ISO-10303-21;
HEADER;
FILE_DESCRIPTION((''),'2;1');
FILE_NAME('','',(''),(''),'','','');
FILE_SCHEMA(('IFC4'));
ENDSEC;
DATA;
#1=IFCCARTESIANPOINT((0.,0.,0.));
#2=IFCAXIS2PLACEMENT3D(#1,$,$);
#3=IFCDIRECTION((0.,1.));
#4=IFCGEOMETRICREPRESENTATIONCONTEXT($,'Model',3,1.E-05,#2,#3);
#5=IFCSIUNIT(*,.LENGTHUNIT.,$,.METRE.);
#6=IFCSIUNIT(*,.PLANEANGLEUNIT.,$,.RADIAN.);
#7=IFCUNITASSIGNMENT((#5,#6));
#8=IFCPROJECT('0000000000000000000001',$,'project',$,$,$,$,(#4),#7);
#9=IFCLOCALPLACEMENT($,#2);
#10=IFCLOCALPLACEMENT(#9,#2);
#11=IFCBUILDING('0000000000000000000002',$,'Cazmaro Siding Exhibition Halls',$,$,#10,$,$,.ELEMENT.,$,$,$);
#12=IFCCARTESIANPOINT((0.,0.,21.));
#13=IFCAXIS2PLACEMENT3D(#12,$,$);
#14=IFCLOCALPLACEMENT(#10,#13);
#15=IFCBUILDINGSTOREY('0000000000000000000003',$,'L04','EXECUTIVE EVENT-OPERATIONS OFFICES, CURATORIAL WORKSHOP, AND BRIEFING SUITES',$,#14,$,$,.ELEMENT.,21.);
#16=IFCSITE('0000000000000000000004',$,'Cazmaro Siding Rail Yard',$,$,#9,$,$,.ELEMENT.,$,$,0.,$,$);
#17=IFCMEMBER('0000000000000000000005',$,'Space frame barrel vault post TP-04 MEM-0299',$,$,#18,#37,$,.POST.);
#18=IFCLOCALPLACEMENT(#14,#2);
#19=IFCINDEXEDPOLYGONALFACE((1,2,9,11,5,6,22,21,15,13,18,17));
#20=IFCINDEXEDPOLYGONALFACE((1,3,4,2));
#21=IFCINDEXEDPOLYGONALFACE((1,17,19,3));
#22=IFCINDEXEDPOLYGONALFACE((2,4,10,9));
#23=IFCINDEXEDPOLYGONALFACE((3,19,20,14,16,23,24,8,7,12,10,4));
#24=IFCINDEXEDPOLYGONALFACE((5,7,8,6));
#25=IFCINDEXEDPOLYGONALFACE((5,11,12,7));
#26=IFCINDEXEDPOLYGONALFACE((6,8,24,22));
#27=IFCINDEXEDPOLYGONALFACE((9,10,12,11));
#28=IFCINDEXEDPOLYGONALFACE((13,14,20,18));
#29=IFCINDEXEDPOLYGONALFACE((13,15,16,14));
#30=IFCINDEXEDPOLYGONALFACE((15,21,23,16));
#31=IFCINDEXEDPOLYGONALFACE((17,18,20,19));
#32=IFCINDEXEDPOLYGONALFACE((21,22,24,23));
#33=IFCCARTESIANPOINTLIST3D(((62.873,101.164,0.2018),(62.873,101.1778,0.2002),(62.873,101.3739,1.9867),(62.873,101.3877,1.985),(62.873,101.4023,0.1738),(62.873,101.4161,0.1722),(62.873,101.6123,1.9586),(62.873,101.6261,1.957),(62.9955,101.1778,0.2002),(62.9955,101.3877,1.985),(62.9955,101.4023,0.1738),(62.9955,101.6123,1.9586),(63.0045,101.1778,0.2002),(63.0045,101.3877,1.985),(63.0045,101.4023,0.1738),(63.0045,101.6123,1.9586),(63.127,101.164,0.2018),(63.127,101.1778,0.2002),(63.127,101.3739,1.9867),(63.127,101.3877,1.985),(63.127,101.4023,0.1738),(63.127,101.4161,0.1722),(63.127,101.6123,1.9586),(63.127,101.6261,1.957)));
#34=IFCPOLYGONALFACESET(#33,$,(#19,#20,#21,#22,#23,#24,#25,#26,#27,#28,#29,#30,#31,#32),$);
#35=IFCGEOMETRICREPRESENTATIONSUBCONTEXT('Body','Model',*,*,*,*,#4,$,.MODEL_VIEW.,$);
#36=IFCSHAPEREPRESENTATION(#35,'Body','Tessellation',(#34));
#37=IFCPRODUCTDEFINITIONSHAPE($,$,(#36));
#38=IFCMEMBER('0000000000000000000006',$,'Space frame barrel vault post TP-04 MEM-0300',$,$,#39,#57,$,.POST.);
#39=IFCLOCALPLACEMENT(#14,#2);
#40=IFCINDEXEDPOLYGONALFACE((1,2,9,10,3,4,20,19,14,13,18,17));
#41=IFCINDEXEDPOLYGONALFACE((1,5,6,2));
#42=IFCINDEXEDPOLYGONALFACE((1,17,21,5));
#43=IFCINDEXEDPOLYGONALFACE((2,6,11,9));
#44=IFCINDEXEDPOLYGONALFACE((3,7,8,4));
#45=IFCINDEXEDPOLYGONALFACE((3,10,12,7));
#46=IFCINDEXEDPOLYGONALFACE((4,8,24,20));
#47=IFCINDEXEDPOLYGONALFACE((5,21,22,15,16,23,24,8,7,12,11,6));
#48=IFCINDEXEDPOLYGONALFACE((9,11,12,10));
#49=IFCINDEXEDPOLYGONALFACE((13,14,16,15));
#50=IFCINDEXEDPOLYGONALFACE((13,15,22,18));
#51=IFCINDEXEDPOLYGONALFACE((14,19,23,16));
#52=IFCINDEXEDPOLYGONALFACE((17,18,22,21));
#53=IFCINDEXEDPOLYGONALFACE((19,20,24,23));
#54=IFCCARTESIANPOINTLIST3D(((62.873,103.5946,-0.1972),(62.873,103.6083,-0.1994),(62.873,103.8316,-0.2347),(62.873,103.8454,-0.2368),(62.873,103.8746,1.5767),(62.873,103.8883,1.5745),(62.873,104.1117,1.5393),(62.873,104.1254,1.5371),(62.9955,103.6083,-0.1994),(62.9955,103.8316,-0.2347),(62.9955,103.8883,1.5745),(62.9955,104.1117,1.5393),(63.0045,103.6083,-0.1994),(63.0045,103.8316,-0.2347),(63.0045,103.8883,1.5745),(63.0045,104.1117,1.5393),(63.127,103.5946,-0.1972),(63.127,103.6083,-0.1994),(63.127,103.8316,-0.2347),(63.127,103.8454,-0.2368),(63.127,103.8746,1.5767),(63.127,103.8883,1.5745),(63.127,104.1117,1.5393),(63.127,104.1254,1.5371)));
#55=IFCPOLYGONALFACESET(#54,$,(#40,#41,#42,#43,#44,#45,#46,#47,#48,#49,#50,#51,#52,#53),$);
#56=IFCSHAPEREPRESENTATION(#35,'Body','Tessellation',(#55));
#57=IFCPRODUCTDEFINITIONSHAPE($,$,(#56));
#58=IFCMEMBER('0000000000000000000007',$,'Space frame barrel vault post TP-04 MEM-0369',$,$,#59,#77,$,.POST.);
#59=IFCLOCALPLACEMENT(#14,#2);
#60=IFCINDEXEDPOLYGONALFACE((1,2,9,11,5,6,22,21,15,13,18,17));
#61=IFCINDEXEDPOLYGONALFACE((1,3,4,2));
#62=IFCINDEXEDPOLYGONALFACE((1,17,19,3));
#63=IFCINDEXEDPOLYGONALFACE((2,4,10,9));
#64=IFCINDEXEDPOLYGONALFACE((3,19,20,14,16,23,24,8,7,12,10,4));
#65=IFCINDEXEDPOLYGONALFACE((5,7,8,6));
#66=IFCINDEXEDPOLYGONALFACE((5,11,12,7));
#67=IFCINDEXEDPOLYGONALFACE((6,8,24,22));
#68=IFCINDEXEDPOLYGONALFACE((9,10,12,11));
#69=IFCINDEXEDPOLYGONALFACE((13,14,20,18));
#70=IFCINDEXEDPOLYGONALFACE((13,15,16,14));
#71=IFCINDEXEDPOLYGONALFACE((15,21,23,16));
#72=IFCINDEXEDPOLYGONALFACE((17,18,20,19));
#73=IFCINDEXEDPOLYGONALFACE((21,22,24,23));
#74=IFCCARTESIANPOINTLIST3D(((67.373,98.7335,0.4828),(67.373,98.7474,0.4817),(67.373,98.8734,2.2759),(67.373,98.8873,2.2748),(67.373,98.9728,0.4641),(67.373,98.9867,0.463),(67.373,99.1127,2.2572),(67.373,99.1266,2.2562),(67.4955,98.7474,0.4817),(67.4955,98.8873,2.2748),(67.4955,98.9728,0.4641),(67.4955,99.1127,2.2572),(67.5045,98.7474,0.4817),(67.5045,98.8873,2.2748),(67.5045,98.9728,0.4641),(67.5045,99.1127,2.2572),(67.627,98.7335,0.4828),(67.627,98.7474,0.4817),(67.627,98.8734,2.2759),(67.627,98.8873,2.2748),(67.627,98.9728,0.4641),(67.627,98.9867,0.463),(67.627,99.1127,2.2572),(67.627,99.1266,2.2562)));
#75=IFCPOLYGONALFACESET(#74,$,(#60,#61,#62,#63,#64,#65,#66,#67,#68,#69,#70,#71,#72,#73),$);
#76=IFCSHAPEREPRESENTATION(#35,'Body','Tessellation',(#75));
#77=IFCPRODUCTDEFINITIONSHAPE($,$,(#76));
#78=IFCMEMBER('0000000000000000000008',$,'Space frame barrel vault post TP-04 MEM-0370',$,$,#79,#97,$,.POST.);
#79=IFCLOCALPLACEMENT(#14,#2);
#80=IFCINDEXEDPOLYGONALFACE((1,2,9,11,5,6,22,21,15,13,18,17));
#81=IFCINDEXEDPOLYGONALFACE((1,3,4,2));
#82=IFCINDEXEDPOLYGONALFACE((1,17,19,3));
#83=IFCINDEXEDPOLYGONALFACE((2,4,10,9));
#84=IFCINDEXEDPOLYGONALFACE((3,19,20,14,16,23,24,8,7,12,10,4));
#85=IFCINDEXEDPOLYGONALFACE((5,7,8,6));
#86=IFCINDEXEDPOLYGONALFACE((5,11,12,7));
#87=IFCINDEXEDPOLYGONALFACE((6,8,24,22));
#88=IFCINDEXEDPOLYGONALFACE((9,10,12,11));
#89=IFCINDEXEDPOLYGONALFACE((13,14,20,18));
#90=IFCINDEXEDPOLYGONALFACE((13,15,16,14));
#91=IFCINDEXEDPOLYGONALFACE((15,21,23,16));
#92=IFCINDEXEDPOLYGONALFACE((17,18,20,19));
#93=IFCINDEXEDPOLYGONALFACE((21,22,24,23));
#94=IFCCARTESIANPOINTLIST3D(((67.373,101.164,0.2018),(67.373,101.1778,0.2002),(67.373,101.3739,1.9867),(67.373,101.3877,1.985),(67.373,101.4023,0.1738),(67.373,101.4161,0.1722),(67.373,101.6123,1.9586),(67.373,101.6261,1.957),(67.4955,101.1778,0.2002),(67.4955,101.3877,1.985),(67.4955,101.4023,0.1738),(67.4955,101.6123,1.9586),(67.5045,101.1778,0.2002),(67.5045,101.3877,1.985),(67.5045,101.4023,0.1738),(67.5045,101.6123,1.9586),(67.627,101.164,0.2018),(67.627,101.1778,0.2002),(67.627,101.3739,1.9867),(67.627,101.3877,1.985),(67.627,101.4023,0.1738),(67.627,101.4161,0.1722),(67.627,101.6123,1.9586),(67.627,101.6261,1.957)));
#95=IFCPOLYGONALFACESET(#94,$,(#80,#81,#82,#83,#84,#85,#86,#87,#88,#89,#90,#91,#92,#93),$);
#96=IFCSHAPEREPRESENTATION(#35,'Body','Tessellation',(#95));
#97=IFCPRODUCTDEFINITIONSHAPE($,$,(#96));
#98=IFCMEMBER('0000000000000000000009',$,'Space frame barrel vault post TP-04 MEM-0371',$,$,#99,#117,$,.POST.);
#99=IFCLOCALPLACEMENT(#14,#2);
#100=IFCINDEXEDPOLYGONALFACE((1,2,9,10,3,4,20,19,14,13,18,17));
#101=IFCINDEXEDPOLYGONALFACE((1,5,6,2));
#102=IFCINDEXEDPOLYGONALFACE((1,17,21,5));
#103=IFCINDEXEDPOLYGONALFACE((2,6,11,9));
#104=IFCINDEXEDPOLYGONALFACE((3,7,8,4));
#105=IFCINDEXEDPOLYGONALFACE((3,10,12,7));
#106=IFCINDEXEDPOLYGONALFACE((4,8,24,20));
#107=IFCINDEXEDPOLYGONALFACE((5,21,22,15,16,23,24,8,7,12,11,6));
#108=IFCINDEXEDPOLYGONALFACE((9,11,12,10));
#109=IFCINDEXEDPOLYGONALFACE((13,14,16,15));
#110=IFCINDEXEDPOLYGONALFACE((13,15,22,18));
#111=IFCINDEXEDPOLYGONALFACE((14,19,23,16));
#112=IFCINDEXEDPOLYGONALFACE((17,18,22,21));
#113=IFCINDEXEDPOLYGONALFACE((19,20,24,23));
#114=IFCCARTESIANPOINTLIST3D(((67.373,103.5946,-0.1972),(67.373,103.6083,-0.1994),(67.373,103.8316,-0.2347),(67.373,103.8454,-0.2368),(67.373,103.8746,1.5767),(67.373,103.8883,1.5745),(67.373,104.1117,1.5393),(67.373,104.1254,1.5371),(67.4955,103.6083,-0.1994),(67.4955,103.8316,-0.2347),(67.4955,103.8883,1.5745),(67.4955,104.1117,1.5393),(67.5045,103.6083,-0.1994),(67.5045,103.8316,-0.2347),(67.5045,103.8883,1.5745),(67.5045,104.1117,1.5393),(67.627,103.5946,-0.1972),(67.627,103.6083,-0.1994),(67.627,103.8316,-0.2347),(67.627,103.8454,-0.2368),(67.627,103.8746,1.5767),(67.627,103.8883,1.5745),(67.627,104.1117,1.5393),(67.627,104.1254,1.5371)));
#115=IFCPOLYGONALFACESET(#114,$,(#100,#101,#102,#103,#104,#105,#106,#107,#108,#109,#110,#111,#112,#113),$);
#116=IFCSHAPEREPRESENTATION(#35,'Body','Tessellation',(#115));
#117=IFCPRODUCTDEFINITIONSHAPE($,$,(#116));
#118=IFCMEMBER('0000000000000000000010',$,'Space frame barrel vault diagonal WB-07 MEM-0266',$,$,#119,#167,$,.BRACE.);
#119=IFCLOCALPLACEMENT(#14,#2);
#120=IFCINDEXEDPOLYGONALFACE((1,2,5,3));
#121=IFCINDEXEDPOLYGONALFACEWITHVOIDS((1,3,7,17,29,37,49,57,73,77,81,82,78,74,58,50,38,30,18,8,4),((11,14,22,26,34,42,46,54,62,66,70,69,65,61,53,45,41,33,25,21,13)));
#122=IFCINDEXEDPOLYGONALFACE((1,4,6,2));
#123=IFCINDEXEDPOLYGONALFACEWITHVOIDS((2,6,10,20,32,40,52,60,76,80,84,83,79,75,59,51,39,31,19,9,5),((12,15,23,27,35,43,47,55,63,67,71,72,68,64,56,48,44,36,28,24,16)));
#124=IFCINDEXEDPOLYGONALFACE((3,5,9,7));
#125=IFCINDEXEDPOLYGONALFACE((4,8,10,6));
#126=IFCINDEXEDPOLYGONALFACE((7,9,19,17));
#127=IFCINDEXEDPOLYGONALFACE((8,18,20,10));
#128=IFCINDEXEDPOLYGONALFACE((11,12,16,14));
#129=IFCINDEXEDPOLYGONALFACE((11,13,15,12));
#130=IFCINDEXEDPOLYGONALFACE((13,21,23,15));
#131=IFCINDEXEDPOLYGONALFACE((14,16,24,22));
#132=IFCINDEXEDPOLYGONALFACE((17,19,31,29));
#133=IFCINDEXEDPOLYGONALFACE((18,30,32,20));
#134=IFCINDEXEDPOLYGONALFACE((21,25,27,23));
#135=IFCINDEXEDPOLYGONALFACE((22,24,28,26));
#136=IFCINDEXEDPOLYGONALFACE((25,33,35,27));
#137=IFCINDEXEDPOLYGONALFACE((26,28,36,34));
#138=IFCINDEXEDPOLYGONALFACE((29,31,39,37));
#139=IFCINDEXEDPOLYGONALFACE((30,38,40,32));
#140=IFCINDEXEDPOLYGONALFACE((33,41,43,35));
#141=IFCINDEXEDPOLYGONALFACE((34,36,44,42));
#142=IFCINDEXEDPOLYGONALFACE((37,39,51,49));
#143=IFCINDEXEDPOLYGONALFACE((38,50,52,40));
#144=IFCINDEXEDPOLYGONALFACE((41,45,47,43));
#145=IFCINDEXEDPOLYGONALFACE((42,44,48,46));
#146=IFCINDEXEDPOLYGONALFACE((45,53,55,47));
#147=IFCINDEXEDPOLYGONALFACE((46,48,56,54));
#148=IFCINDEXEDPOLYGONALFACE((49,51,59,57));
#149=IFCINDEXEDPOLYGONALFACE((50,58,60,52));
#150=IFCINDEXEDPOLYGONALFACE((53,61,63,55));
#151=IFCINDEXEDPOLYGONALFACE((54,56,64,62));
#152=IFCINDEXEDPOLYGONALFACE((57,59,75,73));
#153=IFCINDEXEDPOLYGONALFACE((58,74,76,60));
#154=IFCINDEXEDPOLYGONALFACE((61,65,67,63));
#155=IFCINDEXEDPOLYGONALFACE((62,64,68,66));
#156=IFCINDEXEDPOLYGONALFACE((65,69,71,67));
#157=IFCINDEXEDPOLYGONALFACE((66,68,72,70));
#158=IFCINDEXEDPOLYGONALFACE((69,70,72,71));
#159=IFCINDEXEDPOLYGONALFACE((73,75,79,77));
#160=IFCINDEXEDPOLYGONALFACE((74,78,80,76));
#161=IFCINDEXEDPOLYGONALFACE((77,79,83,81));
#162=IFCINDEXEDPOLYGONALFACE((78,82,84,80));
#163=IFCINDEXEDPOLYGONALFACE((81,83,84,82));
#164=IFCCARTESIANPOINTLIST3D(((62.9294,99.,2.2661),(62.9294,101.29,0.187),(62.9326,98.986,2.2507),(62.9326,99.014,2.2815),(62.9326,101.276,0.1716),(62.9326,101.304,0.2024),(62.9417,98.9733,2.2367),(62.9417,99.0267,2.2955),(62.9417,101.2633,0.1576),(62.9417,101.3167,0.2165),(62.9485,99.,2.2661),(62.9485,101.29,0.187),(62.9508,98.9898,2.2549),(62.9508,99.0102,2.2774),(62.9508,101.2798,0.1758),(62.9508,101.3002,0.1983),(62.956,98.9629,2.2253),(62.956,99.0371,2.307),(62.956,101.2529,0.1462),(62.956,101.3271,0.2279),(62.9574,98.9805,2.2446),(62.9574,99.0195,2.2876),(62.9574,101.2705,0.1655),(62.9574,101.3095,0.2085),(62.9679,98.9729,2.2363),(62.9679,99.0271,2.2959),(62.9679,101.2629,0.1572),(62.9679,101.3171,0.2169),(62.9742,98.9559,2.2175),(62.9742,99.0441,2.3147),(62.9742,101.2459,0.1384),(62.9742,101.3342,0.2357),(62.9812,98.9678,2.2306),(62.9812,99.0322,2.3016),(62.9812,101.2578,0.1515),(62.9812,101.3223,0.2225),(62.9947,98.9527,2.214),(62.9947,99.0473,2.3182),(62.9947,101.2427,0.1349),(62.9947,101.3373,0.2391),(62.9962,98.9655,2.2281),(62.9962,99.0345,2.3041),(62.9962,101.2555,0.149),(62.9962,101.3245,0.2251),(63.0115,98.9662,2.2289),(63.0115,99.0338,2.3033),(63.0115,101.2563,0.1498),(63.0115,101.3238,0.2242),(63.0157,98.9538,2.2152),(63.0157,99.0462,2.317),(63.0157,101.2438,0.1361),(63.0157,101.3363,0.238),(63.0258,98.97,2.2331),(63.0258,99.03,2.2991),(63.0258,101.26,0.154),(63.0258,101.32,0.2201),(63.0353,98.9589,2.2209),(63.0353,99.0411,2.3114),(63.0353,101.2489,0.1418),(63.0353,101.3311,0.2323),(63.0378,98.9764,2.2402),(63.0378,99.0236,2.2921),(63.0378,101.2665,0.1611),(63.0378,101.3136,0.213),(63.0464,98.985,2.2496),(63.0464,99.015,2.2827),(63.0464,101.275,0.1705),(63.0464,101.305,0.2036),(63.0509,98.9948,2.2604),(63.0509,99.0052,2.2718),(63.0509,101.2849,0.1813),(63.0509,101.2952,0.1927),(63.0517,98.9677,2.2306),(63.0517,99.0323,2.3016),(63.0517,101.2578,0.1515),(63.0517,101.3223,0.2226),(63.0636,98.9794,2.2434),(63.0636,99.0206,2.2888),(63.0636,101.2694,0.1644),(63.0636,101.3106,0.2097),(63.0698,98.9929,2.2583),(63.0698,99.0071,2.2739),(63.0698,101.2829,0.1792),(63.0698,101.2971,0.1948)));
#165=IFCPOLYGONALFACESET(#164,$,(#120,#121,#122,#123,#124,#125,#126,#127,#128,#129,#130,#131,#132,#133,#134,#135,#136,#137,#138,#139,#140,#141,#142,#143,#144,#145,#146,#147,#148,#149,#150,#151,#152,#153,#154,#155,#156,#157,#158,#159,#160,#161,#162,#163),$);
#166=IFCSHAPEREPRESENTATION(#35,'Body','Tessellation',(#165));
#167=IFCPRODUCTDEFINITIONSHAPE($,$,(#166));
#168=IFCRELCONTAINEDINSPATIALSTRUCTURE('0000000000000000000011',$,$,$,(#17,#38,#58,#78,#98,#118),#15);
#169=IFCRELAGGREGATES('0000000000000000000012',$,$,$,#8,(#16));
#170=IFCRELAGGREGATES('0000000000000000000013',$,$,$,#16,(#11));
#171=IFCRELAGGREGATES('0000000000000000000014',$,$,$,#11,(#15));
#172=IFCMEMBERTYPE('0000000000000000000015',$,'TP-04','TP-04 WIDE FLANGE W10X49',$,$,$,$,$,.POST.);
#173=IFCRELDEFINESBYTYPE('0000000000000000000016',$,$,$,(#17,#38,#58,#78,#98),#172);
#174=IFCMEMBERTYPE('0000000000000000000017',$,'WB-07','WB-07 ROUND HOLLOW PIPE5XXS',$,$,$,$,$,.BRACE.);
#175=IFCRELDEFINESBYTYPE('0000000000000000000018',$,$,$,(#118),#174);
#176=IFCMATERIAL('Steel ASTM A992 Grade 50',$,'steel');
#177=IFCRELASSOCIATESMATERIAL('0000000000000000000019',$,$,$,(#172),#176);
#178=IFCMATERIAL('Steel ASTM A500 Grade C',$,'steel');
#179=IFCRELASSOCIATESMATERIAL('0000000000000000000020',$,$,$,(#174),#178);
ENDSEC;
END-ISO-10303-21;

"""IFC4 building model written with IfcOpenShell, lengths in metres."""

from ifc_helpers import new_model, si_unit, direction, frame, origin, origin_2d, place, context, subcontext, project, spatial, hollow_circle, i_section, extrude, material, material_profile, profile_set, type_object, element, save


model = new_model("IFC4")

# Units and contexts
model_context = context("Model", 3, precision=1e-05, world=origin(), true_north=direction((0.0, 1.0)))
body_context = subcontext(model_context, "Body", "Model", "MODEL_VIEW")
ifc_project = project(units=[si_unit("LENGTHUNIT", "METRE"), si_unit("PLANEANGLEUNIT", "RADIAN")], contexts=[model_context])

# Site, building, storey
site_placement = place(None, origin())
site = spatial("IfcSite", under=ifc_project, at=site_placement, Name="Cazmaro Siding Rail Yard", CompositionType="ELEMENT", RefElevation=0.0)
building_placement = place(site_placement, origin())
building = spatial("IfcBuilding", under=site, at=building_placement, Name="Cazmaro Siding Exhibition Halls", CompositionType="ELEMENT")
storey_placement = place(building_placement, frame((0.0, 0.0, 21.0)))
storey = spatial("IfcBuildingStorey", under=building, at=storey_placement, Name="L04", Description="EXECUTIVE EVENT-OPERATIONS OFFICES, CURATORIAL WORKSHOP, AND BRIEFING SUITES", CompositionType="ELEMENT", Elevation=21.0)

# Members
ifc_material_1 = material(Name="Steel ASTM A992 Grade 50", Category="steel")
ifc_material_profile_1 = material_profile(ifc_material_1, i_section(OverallWidth=0.2539, OverallDepth=0.2539, WebThickness=0.009, FlangeThickness=0.0139, at=origin_2d()), Name="W10X49")
ifc_profile_set_1 = profile_set([ifc_material_profile_1], Name="Steel ASTM A992 Grade 50")
member_type_1 = type_object("IfcMemberType", Name="TP-04", Description="TP-04 WIDE FLANGE W10X49", PredefinedType="POST", material=ifc_profile_set_1)
member_1_placement = place(storey_placement, frame((63.0, 101.29, 0.187), z_axis=(0.0, 0.116825, 0.993152), x_axis=(-1.0, 0.0, 0.0)))
element("IfcMember", 1, at=member_1_placement, inside=storey, type_object=member_type_1, Name="Space frame barrel vault post TP-04 MEM-0299", PredefinedType="POST", context=body_context, shape_type="SweptSolid", body=[
    extrude(i_section(OverallWidth=0.2539, OverallDepth=0.2539, WebThickness=0.009, FlangeThickness=0.0139, at=origin_2d()), origin(), (0.0, 0.0, 1.0), 1.7971),
])
member_2_placement = place(storey_placement, frame((63.0, 103.72, -0.217), z_axis=(0.0, 0.155928, 0.987768), x_axis=(-1.0, 0.0, 0.0)))
element("IfcMember", 2, at=member_2_placement, inside=storey, type_object=member_type_1, Name="Space frame barrel vault post TP-04 MEM-0300", PredefinedType="POST", context=body_context, shape_type="SweptSolid", body=[
    extrude(i_section(OverallWidth=0.2539, OverallDepth=0.2539, WebThickness=0.009, FlangeThickness=0.0139, at=origin_2d()), origin(), (0.0, 0.0, 1.0), 1.7959),
])
member_3_placement = place(storey_placement, frame((67.5, 98.8601, 0.4729), z_axis=(0.0, 0.077776, 0.996971), x_axis=(-1.0, 0.0, 0.0)))
element("IfcMember", 3, at=member_3_placement, inside=storey, type_object=member_type_1, Name="Space frame barrel vault post TP-04 MEM-0369", PredefinedType="POST", context=body_context, shape_type="SweptSolid", body=[
    extrude(i_section(OverallWidth=0.2539, OverallDepth=0.2539, WebThickness=0.009, FlangeThickness=0.0139, at=origin_2d()), origin(), (0.0, 0.0, 1.0), 1.7986),
])
member_4_placement = place(storey_placement, frame((67.5, 101.29, 0.187), z_axis=(0.0, 0.116825, 0.993152), x_axis=(-1.0, 0.0, 0.0)))
element("IfcMember", 4, at=member_4_placement, inside=storey, type_object=member_type_1, Name="Space frame barrel vault post TP-04 MEM-0370", PredefinedType="POST", context=body_context, shape_type="SweptSolid", body=[
    extrude(i_section(OverallWidth=0.2539, OverallDepth=0.2539, WebThickness=0.009, FlangeThickness=0.0139, at=origin_2d()), origin(), (0.0, 0.0, 1.0), 1.7971),
])
member_5_placement = place(storey_placement, frame((67.5, 103.72, -0.217), z_axis=(0.0, 0.155928, 0.987768), x_axis=(-1.0, 0.0, 0.0)))
element("IfcMember", 5, at=member_5_placement, inside=storey, type_object=member_type_1, Name="Space frame barrel vault post TP-04 MEM-0371", PredefinedType="POST", context=body_context, shape_type="SweptSolid", body=[
    extrude(i_section(OverallWidth=0.2539, OverallDepth=0.2539, WebThickness=0.009, FlangeThickness=0.0139, at=origin_2d()), origin(), (0.0, 0.0, 1.0), 1.7959),
])
ifc_material_2 = material(Name="Steel ASTM A500 Grade C", Category="steel")
ifc_material_profile_2 = material_profile(ifc_material_2, hollow_circle(Radius=0.0706, WallThickness=0.019, at=origin_2d()), Name="PIPE5XXS")
ifc_profile_set_2 = profile_set([ifc_material_profile_2], Name="Steel ASTM A500 Grade C")
member_type_2 = type_object("IfcMemberType", Name="WB-07", Description="WB-07 ROUND HOLLOW PIPE5XXS", PredefinedType="BRACE", material=ifc_profile_set_2)
for number, where, z_axis, x_axis, name in (
    (6, (63.0, 99.0, 2.2661), (0.0, 0.740383, -0.672185), (-1.0, 0.0, 0.0), "Space frame barrel vault diagonal WB-07 MEM-0266"),
):
    element("IfcMember", number, at=place(storey_placement, frame(where, z_axis=z_axis, x_axis=x_axis)), inside=storey, type_object=member_type_2, Name=name, PredefinedType="BRACE", context=body_context, shape_type="SweptSolid", body=[
        extrude(hollow_circle(Radius=0.0706, WallThickness=0.019, at=origin_2d()), origin(), (0.0, 0.0, 1.0), 3.093),
    ])

save(model, "model.ifc")
